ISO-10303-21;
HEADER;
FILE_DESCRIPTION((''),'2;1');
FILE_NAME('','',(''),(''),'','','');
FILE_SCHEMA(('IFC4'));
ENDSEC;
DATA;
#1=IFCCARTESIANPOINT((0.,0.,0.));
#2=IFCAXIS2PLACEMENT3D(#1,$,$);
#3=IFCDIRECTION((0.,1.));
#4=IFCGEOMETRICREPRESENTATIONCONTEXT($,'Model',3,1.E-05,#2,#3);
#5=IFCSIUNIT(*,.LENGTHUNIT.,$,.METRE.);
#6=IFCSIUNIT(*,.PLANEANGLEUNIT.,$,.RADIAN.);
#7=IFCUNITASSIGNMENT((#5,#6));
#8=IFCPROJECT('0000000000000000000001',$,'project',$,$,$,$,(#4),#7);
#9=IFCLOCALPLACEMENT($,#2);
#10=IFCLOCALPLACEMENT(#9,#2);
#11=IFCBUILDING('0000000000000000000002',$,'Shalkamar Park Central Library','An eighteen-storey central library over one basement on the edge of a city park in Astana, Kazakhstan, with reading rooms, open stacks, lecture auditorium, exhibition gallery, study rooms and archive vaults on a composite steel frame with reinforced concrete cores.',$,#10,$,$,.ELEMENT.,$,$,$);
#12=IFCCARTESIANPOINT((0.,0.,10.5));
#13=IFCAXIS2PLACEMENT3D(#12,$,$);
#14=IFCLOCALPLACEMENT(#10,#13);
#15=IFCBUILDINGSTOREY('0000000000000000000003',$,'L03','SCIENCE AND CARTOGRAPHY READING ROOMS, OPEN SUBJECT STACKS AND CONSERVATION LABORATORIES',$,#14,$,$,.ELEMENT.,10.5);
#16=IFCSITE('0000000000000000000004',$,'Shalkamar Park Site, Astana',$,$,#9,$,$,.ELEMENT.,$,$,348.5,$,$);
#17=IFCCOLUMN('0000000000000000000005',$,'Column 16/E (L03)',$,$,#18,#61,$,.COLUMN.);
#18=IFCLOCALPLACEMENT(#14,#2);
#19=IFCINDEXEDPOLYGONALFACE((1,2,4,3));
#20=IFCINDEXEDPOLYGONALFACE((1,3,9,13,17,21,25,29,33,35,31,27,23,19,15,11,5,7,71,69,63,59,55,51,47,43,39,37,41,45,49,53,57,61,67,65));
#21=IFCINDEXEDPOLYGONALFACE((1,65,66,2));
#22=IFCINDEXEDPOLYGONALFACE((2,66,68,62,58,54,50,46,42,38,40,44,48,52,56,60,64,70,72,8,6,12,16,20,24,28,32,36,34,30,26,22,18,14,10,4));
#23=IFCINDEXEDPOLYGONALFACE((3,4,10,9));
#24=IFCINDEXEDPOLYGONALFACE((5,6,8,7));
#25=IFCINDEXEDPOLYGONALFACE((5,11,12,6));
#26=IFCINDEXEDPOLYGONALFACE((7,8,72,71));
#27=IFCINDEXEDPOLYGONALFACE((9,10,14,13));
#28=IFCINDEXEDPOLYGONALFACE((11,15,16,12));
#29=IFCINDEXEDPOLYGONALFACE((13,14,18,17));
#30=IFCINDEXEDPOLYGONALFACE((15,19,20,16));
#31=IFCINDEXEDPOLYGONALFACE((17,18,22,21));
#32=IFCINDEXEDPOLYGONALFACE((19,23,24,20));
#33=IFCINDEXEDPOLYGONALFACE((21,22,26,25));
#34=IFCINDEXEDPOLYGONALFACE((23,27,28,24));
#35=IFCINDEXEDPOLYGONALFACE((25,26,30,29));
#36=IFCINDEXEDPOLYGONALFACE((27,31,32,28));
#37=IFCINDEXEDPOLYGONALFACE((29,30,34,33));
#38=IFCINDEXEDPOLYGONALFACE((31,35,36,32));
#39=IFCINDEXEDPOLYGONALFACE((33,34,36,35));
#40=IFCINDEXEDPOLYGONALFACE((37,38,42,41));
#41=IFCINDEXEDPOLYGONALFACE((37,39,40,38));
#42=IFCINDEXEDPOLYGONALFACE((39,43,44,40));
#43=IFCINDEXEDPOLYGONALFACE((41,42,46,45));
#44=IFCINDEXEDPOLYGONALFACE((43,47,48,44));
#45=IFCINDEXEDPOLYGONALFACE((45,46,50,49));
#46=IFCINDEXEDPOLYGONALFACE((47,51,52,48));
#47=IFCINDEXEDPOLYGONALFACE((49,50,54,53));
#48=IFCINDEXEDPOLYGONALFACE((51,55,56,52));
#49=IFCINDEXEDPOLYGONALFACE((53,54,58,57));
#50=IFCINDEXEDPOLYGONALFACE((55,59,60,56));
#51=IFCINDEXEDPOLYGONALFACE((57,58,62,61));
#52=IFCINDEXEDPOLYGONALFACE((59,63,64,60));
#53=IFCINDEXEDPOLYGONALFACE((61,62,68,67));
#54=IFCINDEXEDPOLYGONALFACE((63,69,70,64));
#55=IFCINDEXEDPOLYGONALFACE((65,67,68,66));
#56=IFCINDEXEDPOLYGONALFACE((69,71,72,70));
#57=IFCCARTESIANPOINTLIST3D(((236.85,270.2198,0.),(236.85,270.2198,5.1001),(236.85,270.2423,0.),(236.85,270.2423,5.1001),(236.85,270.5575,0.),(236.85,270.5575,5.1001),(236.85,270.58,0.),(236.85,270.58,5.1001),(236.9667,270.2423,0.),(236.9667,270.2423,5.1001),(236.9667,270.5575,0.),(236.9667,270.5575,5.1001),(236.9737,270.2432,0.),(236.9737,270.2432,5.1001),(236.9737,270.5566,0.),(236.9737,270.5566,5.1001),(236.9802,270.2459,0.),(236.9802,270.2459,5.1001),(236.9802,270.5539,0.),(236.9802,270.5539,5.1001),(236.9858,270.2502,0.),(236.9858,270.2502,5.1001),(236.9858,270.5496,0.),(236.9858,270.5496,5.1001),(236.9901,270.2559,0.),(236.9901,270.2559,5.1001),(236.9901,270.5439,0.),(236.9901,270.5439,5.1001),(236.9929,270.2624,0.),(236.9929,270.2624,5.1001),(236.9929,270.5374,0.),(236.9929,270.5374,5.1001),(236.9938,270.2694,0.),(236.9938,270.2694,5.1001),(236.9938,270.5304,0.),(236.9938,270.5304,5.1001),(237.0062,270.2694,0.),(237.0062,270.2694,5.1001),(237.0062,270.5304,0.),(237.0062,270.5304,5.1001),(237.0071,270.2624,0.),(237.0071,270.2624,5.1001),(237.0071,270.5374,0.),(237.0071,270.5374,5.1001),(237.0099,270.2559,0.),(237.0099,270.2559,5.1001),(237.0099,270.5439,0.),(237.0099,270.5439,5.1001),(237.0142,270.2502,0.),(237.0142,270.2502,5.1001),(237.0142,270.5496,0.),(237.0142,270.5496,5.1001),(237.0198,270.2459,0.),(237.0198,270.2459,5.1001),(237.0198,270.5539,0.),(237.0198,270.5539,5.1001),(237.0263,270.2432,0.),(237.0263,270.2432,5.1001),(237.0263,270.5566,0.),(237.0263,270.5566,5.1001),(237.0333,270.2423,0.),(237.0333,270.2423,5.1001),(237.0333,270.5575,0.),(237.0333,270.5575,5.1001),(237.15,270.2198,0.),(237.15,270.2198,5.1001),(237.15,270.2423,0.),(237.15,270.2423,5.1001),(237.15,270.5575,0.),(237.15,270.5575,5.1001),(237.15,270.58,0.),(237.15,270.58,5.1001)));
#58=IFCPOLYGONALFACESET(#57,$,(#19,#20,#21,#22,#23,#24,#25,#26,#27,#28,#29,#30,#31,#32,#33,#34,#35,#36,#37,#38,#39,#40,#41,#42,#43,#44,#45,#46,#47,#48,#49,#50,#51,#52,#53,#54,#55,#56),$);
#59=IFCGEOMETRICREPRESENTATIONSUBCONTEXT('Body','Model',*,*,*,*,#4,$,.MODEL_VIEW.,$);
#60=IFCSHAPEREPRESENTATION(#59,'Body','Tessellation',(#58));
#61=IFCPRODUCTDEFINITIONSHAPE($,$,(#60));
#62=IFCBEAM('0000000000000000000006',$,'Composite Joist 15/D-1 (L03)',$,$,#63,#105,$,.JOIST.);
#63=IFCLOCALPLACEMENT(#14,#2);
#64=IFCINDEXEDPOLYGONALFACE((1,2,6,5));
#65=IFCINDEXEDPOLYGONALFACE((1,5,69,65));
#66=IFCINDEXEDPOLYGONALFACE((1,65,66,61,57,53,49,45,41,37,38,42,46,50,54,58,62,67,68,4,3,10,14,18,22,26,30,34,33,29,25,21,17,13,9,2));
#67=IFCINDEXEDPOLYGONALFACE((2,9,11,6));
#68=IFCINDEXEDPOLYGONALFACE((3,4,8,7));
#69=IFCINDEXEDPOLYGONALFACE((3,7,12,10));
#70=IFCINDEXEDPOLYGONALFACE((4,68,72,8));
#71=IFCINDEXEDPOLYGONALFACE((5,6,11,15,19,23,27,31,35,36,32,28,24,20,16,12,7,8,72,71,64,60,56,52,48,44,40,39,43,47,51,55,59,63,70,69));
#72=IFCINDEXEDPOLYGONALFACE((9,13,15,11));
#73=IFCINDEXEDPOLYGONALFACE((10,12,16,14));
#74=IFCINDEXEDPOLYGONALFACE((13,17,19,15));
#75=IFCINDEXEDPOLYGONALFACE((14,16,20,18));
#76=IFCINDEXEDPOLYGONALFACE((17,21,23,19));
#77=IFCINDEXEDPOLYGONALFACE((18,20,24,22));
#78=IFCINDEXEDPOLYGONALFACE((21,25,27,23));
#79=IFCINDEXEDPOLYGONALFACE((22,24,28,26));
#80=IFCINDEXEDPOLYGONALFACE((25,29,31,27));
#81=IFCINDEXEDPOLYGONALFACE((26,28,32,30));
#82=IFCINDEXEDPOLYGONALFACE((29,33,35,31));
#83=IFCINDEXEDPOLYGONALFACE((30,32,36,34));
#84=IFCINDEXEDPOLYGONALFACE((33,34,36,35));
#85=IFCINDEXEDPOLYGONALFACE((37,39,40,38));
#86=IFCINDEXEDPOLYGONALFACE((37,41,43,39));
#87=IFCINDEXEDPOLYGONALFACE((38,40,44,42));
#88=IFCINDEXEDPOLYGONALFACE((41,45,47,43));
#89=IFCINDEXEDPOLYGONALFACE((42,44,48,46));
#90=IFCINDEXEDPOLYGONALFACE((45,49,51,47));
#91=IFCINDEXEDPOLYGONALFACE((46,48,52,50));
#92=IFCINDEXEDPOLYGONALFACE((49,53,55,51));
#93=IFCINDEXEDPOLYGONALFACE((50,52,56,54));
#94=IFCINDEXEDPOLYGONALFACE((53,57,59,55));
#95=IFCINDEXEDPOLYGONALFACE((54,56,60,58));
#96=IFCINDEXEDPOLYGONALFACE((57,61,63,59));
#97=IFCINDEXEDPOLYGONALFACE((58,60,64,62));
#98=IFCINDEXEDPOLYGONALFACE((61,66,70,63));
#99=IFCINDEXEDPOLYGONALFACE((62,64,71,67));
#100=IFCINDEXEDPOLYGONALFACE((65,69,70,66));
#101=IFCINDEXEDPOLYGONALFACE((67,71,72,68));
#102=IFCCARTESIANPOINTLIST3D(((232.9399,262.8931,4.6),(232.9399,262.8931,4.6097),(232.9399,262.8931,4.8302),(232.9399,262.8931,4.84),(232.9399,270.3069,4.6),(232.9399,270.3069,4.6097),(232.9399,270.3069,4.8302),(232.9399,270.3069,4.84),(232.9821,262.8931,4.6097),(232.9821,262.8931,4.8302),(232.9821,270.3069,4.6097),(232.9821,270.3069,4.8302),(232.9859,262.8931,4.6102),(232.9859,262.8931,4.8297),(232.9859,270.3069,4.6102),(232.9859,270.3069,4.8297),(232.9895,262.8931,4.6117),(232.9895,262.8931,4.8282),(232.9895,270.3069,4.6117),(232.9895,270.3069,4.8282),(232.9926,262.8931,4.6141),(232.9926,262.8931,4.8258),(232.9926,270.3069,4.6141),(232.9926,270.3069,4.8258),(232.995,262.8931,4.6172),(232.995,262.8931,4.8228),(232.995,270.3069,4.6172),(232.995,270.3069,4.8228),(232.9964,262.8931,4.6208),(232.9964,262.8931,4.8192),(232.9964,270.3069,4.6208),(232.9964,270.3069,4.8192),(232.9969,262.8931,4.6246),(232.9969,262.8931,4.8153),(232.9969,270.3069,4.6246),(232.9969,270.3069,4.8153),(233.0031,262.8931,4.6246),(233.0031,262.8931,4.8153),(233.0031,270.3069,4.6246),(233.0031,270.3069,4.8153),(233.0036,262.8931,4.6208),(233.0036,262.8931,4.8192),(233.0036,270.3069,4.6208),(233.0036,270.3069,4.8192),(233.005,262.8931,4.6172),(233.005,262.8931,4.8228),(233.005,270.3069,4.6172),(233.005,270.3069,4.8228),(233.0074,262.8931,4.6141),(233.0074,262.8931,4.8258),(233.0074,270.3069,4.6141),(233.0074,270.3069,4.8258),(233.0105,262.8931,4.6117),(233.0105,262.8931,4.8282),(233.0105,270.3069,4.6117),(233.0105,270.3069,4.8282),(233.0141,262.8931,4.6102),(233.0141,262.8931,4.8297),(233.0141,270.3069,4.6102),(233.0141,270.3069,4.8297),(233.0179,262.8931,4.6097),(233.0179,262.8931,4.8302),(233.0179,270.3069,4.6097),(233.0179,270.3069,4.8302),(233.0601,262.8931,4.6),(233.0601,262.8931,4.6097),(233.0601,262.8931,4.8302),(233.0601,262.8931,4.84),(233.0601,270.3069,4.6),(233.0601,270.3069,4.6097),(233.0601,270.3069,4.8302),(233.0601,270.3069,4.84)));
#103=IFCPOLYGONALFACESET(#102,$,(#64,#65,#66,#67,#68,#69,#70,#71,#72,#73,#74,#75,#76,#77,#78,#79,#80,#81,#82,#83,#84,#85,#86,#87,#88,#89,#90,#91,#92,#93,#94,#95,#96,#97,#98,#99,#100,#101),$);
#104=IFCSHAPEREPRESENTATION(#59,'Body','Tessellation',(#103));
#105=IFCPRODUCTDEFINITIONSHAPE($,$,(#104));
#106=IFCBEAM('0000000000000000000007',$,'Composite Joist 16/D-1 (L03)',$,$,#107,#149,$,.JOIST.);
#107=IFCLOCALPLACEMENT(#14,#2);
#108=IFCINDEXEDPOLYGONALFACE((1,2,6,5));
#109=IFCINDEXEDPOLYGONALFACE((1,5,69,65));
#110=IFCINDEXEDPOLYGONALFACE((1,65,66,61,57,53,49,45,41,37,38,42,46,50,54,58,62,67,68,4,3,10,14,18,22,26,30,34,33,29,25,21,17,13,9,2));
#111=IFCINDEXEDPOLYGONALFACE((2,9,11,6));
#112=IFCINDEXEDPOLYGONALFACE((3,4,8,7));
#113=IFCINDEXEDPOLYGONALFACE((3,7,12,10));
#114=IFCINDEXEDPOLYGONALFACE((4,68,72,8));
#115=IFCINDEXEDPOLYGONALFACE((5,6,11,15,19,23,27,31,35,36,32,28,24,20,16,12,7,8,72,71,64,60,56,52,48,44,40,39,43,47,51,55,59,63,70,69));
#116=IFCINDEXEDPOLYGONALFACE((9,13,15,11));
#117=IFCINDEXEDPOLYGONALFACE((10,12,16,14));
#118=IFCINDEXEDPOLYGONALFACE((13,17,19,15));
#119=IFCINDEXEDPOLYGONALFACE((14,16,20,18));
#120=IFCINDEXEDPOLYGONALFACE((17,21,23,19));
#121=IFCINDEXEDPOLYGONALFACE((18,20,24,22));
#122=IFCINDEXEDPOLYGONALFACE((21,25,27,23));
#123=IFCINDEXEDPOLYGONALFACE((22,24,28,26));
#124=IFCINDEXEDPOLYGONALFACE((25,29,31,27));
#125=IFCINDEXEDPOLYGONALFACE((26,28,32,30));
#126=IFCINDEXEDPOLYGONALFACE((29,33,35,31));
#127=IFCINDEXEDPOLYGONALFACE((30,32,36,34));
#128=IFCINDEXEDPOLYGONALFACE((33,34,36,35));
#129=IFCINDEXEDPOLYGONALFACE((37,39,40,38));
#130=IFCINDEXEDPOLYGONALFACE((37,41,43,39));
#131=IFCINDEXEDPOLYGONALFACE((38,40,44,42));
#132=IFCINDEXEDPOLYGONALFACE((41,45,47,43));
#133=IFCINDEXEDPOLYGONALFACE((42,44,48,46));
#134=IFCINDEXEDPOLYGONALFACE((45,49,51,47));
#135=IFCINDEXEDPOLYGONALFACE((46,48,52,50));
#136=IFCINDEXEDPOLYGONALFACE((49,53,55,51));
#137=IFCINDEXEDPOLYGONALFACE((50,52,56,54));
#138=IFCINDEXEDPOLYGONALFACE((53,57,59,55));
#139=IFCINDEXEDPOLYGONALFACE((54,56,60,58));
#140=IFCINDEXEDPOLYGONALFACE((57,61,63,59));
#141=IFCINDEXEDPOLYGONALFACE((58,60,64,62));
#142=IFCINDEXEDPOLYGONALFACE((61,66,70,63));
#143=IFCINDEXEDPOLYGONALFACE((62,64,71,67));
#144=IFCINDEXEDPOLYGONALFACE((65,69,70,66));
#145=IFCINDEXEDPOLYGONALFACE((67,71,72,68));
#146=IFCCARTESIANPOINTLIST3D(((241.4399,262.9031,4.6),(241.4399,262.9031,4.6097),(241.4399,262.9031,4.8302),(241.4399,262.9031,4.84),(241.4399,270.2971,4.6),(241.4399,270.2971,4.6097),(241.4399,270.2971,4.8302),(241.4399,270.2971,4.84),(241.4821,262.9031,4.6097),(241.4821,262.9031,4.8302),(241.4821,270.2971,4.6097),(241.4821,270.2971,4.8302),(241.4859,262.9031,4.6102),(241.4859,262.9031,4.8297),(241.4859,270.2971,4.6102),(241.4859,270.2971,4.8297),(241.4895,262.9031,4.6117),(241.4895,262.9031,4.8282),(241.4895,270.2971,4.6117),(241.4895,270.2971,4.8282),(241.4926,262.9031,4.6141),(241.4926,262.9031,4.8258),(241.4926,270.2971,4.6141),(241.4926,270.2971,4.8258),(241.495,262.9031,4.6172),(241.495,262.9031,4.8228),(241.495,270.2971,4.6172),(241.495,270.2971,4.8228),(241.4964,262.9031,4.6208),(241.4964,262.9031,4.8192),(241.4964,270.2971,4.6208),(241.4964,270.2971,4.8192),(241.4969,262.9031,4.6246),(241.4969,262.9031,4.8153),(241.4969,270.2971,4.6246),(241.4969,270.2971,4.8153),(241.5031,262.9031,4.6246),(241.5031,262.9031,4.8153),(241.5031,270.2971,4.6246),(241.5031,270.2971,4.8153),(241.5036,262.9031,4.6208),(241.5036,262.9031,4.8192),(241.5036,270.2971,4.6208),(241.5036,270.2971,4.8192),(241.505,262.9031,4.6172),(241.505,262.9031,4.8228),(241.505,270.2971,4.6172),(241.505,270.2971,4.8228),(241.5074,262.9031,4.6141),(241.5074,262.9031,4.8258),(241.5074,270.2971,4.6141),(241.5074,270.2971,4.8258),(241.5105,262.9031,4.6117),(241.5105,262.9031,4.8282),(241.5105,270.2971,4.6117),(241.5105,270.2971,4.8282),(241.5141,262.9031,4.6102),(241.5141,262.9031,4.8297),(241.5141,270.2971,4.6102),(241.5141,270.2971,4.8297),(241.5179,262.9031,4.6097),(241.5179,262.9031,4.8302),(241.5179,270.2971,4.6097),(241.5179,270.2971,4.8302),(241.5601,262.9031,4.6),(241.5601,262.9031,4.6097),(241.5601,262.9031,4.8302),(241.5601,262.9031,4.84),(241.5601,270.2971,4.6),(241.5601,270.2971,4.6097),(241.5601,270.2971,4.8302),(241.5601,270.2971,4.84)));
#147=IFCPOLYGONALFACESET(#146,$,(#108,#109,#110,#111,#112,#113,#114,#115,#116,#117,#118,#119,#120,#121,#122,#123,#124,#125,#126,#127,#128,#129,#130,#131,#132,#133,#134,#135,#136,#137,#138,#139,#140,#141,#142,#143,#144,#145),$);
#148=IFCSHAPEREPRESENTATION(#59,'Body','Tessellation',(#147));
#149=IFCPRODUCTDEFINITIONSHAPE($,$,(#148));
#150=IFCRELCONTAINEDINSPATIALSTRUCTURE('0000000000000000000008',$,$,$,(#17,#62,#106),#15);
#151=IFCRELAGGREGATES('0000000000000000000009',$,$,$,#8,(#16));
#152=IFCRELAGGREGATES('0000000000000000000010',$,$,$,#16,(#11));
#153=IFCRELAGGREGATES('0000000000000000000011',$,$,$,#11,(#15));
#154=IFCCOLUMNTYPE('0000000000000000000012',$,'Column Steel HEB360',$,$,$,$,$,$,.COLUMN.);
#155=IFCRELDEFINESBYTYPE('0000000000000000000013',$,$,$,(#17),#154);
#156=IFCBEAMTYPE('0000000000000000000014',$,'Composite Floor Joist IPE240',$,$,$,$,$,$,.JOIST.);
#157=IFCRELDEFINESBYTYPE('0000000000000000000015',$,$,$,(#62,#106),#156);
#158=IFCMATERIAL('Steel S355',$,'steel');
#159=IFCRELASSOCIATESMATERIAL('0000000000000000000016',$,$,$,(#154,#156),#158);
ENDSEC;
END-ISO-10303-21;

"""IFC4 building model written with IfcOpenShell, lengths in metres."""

from ifc_helpers import new_model, si_unit, direction, frame, origin, origin_2d, place, context, subcontext, project, spatial, i_section, extrude, material, material_profile, profile_set, type_object, element, save


model = new_model("IFC4")

# Units and contexts
model_context = context("Model", 3, precision=1e-05, world=origin(), true_north=direction((0.0, 1.0)))
body_context = subcontext(model_context, "Body", "Model", "MODEL_VIEW")
ifc_project = project(units=[si_unit("LENGTHUNIT", "METRE"), si_unit("PLANEANGLEUNIT", "RADIAN")], contexts=[model_context])

# Site, building, storey
site_placement = place(None, origin())
site = spatial("IfcSite", under=ifc_project, at=site_placement, Name="Shalkamar Park Site, Astana", CompositionType="ELEMENT", RefElevation=348.5)
building_placement = place(site_placement, origin())
building = spatial("IfcBuilding", under=site, at=building_placement, Name="Shalkamar Park Central Library", Description="An eighteen-storey central library over one basement on the edge of a city park in Astana, Kazakhstan, with reading rooms, open stacks, lecture auditorium, exhibition gallery, study rooms and archive vaults on a composite steel frame with reinforced concrete cores.", CompositionType="ELEMENT")
storey_placement = place(building_placement, frame((0.0, 0.0, 10.5)))
storey = spatial("IfcBuildingStorey", under=building, at=storey_placement, Name="L03", Description="SCIENCE AND CARTOGRAPHY READING ROOMS, OPEN SUBJECT STACKS AND CONSERVATION LABORATORIES", CompositionType="ELEMENT", Elevation=10.5)

# Column
ifc_material_1 = material(Name="Steel S355", Category="steel")
ifc_material_profile_1 = material_profile(ifc_material_1, i_section(OverallWidth=0.3, OverallDepth=0.3601, WebThickness=0.0125, FlangeThickness=0.0225, FilletRadius=0.0271, at=origin_2d()), Name="HEB 360")
ifc_profile_set_1 = profile_set([ifc_material_profile_1], Name="Steel S355")
column_type = type_object("IfcColumnType", Name="Column Steel HEB360", PredefinedType="COLUMN", material=ifc_profile_set_1)
column_placement = place(storey_placement, frame((237.0, 270.3999, 0.0), z_axis=(0.0, 0.0, 1.0), x_axis=(1.0, 0.0, 0.0)))
element("IfcColumn", 1, at=column_placement, inside=storey, type_object=column_type, Name="Column 16/E (L03)", PredefinedType="COLUMN", context=body_context, shape_type="SweptSolid", body=[
    extrude(i_section(OverallWidth=0.3, OverallDepth=0.3601, WebThickness=0.0125, FlangeThickness=0.0225, FilletRadius=0.0271, at=origin_2d()), origin(), (0.0, 0.0, 1.0), 5.1001),
])

# Beams
ifc_material_profile_2 = material_profile(ifc_material_1, i_section(OverallWidth=0.1201, OverallDepth=0.24, WebThickness=0.0061, FlangeThickness=0.0098, FilletRadius=0.0149, at=origin_2d()), Name="IPE 240")
ifc_profile_set_2 = profile_set([ifc_material_profile_2], Name="Steel S355")
beam_type_1 = type_object("IfcBeamType", Name="Composite Floor Joist IPE240", PredefinedType="JOIST", material=ifc_profile_set_2)
beam_1_placement = place(storey_placement, frame((233.0, 262.8931, 4.72), z_axis=(0.0, 1.0, 0.0), x_axis=(-1.0, 0.0, 0.0)))
element("IfcBeam", 2, at=beam_1_placement, inside=storey, type_object=beam_type_1, Name="Composite Joist 15/D-1 (L03)", PredefinedType="JOIST", context=body_context, shape_type="SweptSolid", body=[
    extrude(i_section(OverallWidth=0.1201, OverallDepth=0.24, WebThickness=0.0061, FlangeThickness=0.0098, FilletRadius=0.0149, at=origin_2d()), origin(), (0.0, 0.0, 1.0), 7.4138),
])
beam_2_placement = place(storey_placement, frame((241.5, 262.9031, 4.72), z_axis=(0.0, 1.0, 0.0), x_axis=(-1.0, 0.0, 0.0)))
element("IfcBeam", 3, at=beam_2_placement, inside=storey, type_object=beam_type_1, Name="Composite Joist 16/D-1 (L03)", PredefinedType="JOIST", context=body_context, shape_type="SweptSolid", body=[
    extrude(i_section(OverallWidth=0.1201, OverallDepth=0.24, WebThickness=0.0061, FlangeThickness=0.0098, FilletRadius=0.0149, at=origin_2d()), origin(), (0.0, 0.0, 1.0), 7.394),
])

save(model, "model.ifc")
